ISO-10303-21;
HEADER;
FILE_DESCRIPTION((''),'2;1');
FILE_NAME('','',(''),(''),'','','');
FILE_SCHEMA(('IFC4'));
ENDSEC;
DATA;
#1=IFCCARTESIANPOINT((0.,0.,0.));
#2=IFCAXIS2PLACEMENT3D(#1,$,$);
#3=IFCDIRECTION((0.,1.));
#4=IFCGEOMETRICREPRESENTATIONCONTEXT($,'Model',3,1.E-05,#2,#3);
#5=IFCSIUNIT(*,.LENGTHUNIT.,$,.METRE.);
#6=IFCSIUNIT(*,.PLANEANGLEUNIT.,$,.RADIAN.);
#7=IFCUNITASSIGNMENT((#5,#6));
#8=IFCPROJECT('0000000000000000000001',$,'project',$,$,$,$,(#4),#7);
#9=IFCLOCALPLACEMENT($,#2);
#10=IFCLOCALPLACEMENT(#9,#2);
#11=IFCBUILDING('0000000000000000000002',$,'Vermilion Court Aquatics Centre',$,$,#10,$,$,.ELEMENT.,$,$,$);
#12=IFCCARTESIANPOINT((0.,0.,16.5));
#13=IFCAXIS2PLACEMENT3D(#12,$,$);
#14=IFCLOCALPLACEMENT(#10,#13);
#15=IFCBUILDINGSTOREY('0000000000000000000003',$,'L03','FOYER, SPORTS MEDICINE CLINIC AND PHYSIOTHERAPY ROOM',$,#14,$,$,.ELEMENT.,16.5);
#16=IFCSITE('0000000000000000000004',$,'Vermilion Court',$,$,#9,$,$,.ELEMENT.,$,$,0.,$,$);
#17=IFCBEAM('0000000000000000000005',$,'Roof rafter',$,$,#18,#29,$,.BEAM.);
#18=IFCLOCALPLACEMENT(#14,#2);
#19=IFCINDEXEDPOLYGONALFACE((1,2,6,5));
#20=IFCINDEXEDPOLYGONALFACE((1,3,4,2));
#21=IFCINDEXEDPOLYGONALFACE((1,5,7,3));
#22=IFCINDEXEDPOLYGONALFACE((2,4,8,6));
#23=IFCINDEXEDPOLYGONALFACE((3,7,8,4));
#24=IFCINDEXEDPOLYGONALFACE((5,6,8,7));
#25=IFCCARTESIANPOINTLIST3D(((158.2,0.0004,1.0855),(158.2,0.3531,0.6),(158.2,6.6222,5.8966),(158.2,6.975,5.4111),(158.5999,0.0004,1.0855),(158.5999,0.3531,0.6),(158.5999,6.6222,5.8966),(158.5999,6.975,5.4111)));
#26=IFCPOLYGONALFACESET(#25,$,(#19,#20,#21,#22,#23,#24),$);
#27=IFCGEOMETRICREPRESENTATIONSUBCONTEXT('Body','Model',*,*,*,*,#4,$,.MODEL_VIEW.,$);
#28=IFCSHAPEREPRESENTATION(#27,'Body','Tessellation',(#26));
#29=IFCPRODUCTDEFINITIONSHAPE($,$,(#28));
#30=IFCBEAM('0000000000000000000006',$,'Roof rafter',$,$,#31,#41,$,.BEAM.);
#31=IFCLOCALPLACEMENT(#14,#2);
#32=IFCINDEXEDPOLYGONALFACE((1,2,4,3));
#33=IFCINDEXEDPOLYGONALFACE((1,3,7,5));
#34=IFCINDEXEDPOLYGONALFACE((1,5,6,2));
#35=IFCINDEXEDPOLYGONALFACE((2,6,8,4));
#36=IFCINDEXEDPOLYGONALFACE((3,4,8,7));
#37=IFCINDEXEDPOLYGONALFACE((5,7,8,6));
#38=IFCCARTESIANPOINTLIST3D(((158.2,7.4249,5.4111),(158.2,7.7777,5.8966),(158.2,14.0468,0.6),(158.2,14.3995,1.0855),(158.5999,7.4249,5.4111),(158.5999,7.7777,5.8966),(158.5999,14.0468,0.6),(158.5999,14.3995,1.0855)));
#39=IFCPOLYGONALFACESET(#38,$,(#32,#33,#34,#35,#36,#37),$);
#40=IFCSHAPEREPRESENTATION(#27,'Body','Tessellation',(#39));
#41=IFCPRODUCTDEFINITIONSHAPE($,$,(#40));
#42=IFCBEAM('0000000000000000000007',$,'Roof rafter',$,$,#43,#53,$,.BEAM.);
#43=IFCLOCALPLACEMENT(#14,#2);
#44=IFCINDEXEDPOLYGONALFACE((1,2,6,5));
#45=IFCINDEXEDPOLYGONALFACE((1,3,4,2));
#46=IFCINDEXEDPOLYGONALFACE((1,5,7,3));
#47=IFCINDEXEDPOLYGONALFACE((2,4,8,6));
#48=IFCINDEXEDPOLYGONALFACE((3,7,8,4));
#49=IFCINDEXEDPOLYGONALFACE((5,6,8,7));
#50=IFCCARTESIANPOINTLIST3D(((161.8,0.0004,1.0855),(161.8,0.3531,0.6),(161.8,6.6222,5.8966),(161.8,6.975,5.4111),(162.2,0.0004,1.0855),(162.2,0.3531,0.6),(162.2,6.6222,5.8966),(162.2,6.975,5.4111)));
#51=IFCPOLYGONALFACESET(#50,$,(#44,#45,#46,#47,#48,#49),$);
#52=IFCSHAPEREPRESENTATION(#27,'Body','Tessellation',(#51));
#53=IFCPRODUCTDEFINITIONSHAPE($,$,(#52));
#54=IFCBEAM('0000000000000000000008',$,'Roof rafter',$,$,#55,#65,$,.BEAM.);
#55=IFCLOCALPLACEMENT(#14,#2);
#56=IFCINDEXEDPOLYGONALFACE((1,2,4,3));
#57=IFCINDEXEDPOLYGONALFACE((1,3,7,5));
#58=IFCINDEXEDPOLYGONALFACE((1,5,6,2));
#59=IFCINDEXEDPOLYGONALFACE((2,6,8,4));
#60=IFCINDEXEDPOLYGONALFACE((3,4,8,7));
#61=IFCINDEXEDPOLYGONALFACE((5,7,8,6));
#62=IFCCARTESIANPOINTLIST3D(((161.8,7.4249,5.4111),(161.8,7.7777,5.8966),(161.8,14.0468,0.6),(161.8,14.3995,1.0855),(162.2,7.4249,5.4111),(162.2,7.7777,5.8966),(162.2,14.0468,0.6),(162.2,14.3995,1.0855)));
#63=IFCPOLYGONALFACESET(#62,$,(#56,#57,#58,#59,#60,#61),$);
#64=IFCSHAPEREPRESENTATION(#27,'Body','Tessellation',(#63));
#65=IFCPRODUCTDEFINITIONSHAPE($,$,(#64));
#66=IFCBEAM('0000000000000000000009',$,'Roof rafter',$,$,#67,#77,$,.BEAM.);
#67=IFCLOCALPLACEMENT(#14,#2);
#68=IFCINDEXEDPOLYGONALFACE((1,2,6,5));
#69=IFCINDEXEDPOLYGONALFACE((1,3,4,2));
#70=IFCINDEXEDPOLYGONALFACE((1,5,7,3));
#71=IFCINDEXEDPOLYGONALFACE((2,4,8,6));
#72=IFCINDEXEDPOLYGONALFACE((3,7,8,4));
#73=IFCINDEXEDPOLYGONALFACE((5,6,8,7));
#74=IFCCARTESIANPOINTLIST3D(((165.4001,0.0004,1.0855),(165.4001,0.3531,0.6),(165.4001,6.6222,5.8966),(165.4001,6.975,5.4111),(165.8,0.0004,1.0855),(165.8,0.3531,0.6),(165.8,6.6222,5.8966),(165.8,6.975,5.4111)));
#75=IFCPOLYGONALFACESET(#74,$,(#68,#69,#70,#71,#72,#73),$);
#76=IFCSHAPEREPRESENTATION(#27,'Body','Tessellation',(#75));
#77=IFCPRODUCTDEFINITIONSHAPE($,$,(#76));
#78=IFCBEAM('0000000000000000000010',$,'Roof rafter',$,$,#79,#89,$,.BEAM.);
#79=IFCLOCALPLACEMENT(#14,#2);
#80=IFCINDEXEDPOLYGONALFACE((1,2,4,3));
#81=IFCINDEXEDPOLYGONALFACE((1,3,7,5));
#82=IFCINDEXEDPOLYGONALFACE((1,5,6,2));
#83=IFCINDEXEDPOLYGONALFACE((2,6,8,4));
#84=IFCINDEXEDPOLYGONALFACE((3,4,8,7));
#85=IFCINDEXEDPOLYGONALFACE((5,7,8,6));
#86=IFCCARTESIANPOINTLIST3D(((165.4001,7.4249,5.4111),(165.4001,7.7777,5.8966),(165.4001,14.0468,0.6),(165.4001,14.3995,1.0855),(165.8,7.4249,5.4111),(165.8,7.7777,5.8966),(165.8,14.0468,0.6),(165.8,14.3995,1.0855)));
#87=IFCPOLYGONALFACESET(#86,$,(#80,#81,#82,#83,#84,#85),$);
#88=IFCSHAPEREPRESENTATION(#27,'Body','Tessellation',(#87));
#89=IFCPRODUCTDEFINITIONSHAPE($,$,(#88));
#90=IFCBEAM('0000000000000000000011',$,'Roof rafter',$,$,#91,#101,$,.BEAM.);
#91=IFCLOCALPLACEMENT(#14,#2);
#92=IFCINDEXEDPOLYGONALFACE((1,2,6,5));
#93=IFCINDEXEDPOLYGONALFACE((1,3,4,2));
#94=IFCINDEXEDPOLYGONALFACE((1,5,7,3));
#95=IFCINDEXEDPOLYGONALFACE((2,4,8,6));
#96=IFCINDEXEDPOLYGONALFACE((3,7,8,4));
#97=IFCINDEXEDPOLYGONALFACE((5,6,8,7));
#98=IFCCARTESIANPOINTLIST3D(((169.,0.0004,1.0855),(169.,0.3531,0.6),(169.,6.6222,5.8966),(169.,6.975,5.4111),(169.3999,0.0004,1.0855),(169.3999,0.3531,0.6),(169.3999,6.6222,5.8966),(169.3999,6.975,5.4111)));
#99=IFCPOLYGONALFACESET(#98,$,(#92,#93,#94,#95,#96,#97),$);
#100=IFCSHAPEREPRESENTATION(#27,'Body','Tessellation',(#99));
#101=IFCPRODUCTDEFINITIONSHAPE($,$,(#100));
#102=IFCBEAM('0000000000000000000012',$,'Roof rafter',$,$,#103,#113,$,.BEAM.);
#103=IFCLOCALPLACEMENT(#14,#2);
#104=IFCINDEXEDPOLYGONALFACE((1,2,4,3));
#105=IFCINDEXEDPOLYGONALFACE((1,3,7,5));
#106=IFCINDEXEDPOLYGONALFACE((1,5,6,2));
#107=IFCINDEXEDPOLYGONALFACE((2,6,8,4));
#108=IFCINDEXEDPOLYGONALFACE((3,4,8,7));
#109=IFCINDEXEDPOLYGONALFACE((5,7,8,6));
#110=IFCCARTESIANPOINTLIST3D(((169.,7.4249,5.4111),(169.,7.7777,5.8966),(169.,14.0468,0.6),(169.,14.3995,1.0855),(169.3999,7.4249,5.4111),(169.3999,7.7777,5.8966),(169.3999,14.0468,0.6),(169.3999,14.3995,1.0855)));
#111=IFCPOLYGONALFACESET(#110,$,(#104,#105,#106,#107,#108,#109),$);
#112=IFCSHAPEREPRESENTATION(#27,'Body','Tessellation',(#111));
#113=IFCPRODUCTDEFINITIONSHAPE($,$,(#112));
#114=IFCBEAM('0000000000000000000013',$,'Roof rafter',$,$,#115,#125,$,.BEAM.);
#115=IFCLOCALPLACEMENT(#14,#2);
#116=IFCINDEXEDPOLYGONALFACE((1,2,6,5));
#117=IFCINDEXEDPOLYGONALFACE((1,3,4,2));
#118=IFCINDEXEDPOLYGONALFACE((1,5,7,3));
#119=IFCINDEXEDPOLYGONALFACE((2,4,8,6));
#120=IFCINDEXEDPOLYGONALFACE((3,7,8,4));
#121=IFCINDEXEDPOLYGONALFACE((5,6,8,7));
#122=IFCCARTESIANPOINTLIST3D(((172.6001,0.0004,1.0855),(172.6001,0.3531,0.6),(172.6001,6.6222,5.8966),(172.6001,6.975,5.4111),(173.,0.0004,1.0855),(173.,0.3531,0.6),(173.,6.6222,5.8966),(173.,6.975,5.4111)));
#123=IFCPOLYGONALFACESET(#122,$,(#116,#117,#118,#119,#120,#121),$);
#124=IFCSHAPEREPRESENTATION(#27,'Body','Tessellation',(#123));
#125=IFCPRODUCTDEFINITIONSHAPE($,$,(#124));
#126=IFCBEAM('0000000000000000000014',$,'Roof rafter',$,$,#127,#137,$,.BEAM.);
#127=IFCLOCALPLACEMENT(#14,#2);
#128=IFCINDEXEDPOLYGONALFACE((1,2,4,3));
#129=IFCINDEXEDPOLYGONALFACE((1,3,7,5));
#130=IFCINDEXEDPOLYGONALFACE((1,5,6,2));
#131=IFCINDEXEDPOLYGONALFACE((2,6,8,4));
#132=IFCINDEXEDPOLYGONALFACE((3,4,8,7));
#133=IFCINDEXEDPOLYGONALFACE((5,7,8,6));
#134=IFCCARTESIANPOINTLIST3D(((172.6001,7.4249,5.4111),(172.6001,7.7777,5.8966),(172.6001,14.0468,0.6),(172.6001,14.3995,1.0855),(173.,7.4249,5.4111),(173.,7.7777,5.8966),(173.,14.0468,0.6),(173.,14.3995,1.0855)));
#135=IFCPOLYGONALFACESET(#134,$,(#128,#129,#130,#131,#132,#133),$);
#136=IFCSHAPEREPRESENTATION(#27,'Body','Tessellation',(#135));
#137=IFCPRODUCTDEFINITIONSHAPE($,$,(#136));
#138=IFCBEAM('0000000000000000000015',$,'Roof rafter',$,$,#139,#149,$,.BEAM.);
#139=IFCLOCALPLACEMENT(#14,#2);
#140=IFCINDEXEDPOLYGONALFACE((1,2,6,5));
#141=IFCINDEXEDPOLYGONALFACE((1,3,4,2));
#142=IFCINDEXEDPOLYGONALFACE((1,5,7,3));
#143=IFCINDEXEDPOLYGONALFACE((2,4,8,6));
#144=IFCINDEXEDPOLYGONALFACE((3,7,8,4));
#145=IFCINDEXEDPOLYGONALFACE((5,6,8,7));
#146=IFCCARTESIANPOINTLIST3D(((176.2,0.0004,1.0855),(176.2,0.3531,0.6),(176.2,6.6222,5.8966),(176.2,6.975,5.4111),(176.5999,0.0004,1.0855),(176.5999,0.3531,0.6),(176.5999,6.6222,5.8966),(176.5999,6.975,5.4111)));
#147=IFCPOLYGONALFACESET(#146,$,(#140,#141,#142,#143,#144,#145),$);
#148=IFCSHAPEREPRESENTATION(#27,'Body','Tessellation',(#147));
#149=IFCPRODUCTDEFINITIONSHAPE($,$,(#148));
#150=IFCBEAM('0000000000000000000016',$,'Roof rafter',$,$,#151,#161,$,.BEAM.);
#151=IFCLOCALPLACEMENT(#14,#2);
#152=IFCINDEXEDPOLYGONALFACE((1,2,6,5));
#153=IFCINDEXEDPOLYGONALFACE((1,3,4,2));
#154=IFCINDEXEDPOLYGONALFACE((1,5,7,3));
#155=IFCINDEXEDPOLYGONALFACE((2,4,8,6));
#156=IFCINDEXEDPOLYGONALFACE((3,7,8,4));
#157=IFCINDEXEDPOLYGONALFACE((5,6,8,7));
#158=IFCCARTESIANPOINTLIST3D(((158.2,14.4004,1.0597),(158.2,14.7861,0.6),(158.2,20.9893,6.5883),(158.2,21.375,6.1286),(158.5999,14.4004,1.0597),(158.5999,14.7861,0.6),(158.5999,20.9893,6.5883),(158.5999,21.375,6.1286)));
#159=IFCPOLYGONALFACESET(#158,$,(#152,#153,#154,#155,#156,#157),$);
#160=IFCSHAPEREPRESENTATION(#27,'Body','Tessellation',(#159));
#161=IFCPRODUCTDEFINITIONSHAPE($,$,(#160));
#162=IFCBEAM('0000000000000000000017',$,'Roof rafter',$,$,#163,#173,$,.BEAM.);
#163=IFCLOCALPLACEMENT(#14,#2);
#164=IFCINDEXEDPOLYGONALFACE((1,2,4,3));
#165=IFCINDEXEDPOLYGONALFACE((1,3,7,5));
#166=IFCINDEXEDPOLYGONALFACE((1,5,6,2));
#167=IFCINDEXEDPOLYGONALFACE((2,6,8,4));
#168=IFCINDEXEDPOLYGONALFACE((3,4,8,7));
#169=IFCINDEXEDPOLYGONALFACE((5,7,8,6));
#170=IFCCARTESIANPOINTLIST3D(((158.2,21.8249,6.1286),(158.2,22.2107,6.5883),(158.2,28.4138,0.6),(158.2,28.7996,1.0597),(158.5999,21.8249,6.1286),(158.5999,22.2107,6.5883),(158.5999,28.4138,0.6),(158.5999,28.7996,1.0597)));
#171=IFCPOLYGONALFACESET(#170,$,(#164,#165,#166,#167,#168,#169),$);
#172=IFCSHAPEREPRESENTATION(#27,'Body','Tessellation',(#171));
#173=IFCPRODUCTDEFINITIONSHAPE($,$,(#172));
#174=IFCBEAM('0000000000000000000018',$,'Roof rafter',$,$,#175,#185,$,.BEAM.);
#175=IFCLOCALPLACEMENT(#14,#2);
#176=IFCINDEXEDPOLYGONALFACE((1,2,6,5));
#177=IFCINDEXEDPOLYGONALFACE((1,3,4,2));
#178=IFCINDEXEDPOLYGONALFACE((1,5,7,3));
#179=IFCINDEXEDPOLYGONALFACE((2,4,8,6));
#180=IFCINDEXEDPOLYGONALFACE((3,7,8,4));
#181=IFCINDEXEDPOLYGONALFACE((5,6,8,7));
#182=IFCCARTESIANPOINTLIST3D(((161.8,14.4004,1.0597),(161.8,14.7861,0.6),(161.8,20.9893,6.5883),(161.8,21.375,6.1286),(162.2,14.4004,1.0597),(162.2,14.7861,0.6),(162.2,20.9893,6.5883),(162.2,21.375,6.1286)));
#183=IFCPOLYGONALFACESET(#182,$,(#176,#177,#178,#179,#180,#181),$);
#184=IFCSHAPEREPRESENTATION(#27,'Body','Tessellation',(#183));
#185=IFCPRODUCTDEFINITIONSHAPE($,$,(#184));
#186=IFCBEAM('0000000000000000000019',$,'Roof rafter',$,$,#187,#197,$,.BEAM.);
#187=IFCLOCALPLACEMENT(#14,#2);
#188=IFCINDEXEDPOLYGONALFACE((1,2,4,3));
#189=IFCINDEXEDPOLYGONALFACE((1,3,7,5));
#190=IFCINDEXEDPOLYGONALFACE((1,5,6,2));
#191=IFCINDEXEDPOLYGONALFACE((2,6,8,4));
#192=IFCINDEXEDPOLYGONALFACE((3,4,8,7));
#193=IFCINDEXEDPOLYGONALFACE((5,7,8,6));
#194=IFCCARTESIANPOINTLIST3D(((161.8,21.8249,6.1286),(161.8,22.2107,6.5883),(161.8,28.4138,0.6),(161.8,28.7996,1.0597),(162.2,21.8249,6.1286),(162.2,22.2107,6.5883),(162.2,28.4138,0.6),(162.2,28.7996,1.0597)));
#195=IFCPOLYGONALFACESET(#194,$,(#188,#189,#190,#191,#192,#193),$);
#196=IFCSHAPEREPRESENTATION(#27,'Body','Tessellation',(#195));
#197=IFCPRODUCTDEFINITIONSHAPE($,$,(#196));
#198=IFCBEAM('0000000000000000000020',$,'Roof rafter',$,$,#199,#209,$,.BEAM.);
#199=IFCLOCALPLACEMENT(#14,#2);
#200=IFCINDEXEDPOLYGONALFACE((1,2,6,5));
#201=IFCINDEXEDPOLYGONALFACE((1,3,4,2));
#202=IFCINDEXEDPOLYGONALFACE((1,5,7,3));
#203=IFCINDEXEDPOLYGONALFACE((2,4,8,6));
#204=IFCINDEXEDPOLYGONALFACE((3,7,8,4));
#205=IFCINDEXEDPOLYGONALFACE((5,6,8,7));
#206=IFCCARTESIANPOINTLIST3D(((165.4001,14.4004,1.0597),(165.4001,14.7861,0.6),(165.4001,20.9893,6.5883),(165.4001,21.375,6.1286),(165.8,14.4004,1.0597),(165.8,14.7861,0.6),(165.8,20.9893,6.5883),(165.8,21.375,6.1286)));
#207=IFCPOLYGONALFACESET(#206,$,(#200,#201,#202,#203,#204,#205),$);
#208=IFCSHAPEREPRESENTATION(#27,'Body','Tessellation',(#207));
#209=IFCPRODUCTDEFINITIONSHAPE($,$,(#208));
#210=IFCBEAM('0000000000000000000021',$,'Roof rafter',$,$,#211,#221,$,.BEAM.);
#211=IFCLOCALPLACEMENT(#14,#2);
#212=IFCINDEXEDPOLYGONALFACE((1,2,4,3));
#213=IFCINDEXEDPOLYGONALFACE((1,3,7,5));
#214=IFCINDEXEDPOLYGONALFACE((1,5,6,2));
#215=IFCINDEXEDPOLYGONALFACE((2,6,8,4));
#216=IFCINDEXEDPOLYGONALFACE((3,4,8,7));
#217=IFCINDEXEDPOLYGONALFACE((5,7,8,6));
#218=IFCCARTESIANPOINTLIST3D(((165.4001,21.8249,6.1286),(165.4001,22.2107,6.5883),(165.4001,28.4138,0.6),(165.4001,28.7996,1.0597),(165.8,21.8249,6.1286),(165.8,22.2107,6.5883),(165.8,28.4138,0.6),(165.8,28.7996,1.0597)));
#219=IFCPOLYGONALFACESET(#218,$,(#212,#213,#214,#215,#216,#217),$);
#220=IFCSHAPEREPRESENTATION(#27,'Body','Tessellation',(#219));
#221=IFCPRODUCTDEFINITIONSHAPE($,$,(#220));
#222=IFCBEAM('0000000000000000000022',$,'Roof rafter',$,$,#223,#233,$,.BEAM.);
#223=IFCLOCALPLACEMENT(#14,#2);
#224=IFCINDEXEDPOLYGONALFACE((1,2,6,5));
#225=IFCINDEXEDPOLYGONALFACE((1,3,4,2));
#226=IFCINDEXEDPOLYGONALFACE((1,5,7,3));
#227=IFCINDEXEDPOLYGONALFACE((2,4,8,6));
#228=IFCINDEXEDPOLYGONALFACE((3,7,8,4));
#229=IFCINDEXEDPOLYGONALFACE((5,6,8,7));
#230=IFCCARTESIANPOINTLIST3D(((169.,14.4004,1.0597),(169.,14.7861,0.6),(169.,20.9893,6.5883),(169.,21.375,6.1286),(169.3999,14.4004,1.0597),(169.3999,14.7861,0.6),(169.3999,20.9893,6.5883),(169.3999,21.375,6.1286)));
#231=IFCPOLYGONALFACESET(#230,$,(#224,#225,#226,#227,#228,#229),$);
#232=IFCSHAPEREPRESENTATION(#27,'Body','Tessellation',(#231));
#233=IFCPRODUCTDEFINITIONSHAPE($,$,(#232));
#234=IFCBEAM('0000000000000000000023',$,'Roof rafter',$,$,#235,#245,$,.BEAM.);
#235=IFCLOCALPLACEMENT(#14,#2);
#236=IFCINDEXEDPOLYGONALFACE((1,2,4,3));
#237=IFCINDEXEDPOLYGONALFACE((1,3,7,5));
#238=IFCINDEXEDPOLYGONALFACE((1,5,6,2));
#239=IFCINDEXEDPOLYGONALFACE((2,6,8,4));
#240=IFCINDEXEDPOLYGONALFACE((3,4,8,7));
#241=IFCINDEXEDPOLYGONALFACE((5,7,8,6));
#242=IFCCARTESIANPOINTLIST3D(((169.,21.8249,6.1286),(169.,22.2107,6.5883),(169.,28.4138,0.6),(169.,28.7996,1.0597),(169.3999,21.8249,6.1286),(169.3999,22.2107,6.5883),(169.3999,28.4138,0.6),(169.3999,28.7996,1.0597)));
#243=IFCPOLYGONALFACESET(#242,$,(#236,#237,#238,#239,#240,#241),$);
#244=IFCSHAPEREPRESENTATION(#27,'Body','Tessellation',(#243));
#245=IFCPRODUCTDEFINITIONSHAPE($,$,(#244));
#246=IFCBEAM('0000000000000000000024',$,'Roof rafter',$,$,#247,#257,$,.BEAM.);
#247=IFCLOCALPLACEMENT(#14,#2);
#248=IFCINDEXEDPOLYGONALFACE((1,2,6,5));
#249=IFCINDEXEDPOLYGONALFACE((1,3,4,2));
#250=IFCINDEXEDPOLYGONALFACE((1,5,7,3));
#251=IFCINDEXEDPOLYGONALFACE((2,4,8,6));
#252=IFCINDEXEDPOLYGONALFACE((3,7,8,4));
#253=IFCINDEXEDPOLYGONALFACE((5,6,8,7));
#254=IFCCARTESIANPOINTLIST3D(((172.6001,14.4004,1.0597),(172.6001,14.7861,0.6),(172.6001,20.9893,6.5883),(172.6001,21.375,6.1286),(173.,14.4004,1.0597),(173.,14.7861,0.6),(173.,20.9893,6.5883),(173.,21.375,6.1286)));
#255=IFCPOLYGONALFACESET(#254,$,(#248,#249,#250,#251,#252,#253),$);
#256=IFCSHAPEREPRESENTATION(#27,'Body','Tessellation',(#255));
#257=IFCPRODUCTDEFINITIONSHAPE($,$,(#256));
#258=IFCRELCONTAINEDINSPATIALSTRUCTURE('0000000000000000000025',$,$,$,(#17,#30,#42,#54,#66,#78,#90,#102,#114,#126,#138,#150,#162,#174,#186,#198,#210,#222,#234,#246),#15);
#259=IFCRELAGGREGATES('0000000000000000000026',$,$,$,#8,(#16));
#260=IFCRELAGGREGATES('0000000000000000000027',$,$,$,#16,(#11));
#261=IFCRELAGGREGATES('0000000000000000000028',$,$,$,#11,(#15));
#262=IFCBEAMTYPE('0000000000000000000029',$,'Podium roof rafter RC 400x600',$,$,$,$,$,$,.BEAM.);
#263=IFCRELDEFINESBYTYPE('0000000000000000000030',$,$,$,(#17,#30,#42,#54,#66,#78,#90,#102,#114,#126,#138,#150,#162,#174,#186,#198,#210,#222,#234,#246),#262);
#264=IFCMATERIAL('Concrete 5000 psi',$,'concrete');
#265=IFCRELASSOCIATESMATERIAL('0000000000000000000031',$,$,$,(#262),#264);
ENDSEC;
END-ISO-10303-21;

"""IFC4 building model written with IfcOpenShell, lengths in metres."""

from ifc_helpers import new_model, si_unit, direction, frame, origin, origin_2d, place, context, subcontext, project, spatial, rectangle, extrude, material, material_profile, profile_set, type_object, element, save


model = new_model("IFC4")

# Units and contexts
model_context = context("Model", 3, precision=1e-05, world=origin(), true_north=direction((0.0, 1.0)))
body_context = subcontext(model_context, "Body", "Model", "MODEL_VIEW")
ifc_project = project(units=[si_unit("LENGTHUNIT", "METRE"), si_unit("PLANEANGLEUNIT", "RADIAN")], contexts=[model_context])

# Site, building, storey
site_placement = place(None, origin())
site = spatial("IfcSite", under=ifc_project, at=site_placement, Name="Vermilion Court", CompositionType="ELEMENT", RefElevation=0.0)
building_placement = place(site_placement, origin())
building = spatial("IfcBuilding", under=site, at=building_placement, Name="Vermilion Court Aquatics Centre", CompositionType="ELEMENT")
storey_placement = place(building_placement, frame((0.0, 0.0, 16.5)))
storey = spatial("IfcBuildingStorey", under=building, at=storey_placement, Name="L03", Description="FOYER, SPORTS MEDICINE CLINIC AND PHYSIOTHERAPY ROOM", CompositionType="ELEMENT", Elevation=16.5)

# Beams
ifc_material_1 = material(Name="Concrete 5000 psi", Category="concrete")
ifc_material_profile_1 = material_profile(ifc_material_1, rectangle(XDim=0.3999, YDim=0.6001, at=origin_2d()), Name="RC 400x600")
ifc_profile_set_1 = profile_set([ifc_material_profile_1], Name="Concrete 5000 psi")
beam_type_1 = type_object("IfcBeamType", Name="Podium roof rafter RC 400x600", PredefinedType="BEAM", material=ifc_profile_set_1)
for number, where, z_axis, x_axis, name in (
    (1, (158.3999, 0.1768, 0.8428), (0.0, 0.809017, 0.587785), (-1.0, 0.0, 0.0), "Roof rafter"),
    (2, (158.3999, 14.2231, 0.8428), (0.0, -0.809017, 0.587785), (1.0, 0.0, 0.0), "Roof rafter"),
    (3, (162.0, 0.1768, 0.8428), (0.0, 0.809017, 0.587785), (-1.0, 0.0, 0.0), "Roof rafter"),
    (4, (162.0, 14.2231, 0.8428), (0.0, -0.809017, 0.587785), (1.0, 0.0, 0.0), "Roof rafter"),
    (5, (165.6001, 0.1768, 0.8428), (0.0, 0.809017, 0.587785), (-1.0, 0.0, 0.0), "Roof rafter"),
    (6, (165.6001, 14.2231, 0.8428), (0.0, -0.809017, 0.587785), (1.0, 0.0, 0.0), "Roof rafter"),
    (7, (169.2, 0.1768, 0.8428), (0.0, 0.809017, 0.587785), (-1.0, 0.0, 0.0), "Roof rafter"),
    (8, (169.2, 14.2231, 0.8428), (0.0, -0.809017, 0.587785), (1.0, 0.0, 0.0), "Roof rafter"),
    (9, (172.8, 0.1768, 0.8428), (0.0, 0.809017, 0.587785), (-1.0, 0.0, 0.0), "Roof rafter"),
    (10, (172.8, 14.2231, 0.8428), (0.0, -0.809017, 0.587785), (1.0, 0.0, 0.0), "Roof rafter"),
    (11, (176.3999, 0.1768, 0.8428), (0.0, 0.809017, 0.587785), (-1.0, 0.0, 0.0), "Roof rafter"),
):
    element("IfcBeam", number, at=place(storey_placement, frame(where, z_axis=z_axis, x_axis=x_axis)), inside=storey, type_object=beam_type_1, Name=name, PredefinedType="BEAM", context=body_context, shape_type="SweptSolid", body=[
        extrude(rectangle(XDim=0.3999, YDim=0.6001, at=origin_2d()), origin(), (0.0, 0.0, 1.0), 8.1851),
    ])
for number, where, z_axis, x_axis, name in (
    (12, (158.3999, 14.5933, 0.8298), (0.0, 0.766053, 0.642777), (-1.0, 0.0, 0.0), "Roof rafter"),
    (13, (158.3999, 28.6067, 0.8298), (0.0, -0.766053, 0.642777), (1.0, 0.0, 0.0), "Roof rafter"),
    (14, (162.0, 14.5933, 0.8298), (0.0, 0.766053, 0.642777), (-1.0, 0.0, 0.0), "Roof rafter"),
    (15, (162.0, 28.6067, 0.8298), (0.0, -0.766053, 0.642777), (1.0, 0.0, 0.0), "Roof rafter"),
    (16, (165.6001, 14.5933, 0.8298), (0.0, 0.766053, 0.642777), (-1.0, 0.0, 0.0), "Roof rafter"),
    (17, (165.6001, 28.6067, 0.8298), (0.0, -0.766053, 0.642777), (1.0, 0.0, 0.0), "Roof rafter"),
    (18, (169.2, 14.5933, 0.8298), (0.0, 0.766053, 0.642777), (-1.0, 0.0, 0.0), "Roof rafter"),
    (19, (169.2, 28.6067, 0.8298), (0.0, -0.766053, 0.642777), (1.0, 0.0, 0.0), "Roof rafter"),
    (20, (172.8, 14.5933, 0.8298), (0.0, 0.766053, 0.642777), (-1.0, 0.0, 0.0), "Roof rafter"),
):
    element("IfcBeam", number, at=place(storey_placement, frame(where, z_axis=z_axis, x_axis=x_axis)), inside=storey, type_object=beam_type_1, Name=name, PredefinedType="BEAM", context=body_context, shape_type="SweptSolid", body=[
        extrude(rectangle(XDim=0.3999, YDim=0.6001, at=origin_2d()), origin(), (0.0, 0.0, 1.0), 8.6011),
    ])

save(model, "model.ifc")
